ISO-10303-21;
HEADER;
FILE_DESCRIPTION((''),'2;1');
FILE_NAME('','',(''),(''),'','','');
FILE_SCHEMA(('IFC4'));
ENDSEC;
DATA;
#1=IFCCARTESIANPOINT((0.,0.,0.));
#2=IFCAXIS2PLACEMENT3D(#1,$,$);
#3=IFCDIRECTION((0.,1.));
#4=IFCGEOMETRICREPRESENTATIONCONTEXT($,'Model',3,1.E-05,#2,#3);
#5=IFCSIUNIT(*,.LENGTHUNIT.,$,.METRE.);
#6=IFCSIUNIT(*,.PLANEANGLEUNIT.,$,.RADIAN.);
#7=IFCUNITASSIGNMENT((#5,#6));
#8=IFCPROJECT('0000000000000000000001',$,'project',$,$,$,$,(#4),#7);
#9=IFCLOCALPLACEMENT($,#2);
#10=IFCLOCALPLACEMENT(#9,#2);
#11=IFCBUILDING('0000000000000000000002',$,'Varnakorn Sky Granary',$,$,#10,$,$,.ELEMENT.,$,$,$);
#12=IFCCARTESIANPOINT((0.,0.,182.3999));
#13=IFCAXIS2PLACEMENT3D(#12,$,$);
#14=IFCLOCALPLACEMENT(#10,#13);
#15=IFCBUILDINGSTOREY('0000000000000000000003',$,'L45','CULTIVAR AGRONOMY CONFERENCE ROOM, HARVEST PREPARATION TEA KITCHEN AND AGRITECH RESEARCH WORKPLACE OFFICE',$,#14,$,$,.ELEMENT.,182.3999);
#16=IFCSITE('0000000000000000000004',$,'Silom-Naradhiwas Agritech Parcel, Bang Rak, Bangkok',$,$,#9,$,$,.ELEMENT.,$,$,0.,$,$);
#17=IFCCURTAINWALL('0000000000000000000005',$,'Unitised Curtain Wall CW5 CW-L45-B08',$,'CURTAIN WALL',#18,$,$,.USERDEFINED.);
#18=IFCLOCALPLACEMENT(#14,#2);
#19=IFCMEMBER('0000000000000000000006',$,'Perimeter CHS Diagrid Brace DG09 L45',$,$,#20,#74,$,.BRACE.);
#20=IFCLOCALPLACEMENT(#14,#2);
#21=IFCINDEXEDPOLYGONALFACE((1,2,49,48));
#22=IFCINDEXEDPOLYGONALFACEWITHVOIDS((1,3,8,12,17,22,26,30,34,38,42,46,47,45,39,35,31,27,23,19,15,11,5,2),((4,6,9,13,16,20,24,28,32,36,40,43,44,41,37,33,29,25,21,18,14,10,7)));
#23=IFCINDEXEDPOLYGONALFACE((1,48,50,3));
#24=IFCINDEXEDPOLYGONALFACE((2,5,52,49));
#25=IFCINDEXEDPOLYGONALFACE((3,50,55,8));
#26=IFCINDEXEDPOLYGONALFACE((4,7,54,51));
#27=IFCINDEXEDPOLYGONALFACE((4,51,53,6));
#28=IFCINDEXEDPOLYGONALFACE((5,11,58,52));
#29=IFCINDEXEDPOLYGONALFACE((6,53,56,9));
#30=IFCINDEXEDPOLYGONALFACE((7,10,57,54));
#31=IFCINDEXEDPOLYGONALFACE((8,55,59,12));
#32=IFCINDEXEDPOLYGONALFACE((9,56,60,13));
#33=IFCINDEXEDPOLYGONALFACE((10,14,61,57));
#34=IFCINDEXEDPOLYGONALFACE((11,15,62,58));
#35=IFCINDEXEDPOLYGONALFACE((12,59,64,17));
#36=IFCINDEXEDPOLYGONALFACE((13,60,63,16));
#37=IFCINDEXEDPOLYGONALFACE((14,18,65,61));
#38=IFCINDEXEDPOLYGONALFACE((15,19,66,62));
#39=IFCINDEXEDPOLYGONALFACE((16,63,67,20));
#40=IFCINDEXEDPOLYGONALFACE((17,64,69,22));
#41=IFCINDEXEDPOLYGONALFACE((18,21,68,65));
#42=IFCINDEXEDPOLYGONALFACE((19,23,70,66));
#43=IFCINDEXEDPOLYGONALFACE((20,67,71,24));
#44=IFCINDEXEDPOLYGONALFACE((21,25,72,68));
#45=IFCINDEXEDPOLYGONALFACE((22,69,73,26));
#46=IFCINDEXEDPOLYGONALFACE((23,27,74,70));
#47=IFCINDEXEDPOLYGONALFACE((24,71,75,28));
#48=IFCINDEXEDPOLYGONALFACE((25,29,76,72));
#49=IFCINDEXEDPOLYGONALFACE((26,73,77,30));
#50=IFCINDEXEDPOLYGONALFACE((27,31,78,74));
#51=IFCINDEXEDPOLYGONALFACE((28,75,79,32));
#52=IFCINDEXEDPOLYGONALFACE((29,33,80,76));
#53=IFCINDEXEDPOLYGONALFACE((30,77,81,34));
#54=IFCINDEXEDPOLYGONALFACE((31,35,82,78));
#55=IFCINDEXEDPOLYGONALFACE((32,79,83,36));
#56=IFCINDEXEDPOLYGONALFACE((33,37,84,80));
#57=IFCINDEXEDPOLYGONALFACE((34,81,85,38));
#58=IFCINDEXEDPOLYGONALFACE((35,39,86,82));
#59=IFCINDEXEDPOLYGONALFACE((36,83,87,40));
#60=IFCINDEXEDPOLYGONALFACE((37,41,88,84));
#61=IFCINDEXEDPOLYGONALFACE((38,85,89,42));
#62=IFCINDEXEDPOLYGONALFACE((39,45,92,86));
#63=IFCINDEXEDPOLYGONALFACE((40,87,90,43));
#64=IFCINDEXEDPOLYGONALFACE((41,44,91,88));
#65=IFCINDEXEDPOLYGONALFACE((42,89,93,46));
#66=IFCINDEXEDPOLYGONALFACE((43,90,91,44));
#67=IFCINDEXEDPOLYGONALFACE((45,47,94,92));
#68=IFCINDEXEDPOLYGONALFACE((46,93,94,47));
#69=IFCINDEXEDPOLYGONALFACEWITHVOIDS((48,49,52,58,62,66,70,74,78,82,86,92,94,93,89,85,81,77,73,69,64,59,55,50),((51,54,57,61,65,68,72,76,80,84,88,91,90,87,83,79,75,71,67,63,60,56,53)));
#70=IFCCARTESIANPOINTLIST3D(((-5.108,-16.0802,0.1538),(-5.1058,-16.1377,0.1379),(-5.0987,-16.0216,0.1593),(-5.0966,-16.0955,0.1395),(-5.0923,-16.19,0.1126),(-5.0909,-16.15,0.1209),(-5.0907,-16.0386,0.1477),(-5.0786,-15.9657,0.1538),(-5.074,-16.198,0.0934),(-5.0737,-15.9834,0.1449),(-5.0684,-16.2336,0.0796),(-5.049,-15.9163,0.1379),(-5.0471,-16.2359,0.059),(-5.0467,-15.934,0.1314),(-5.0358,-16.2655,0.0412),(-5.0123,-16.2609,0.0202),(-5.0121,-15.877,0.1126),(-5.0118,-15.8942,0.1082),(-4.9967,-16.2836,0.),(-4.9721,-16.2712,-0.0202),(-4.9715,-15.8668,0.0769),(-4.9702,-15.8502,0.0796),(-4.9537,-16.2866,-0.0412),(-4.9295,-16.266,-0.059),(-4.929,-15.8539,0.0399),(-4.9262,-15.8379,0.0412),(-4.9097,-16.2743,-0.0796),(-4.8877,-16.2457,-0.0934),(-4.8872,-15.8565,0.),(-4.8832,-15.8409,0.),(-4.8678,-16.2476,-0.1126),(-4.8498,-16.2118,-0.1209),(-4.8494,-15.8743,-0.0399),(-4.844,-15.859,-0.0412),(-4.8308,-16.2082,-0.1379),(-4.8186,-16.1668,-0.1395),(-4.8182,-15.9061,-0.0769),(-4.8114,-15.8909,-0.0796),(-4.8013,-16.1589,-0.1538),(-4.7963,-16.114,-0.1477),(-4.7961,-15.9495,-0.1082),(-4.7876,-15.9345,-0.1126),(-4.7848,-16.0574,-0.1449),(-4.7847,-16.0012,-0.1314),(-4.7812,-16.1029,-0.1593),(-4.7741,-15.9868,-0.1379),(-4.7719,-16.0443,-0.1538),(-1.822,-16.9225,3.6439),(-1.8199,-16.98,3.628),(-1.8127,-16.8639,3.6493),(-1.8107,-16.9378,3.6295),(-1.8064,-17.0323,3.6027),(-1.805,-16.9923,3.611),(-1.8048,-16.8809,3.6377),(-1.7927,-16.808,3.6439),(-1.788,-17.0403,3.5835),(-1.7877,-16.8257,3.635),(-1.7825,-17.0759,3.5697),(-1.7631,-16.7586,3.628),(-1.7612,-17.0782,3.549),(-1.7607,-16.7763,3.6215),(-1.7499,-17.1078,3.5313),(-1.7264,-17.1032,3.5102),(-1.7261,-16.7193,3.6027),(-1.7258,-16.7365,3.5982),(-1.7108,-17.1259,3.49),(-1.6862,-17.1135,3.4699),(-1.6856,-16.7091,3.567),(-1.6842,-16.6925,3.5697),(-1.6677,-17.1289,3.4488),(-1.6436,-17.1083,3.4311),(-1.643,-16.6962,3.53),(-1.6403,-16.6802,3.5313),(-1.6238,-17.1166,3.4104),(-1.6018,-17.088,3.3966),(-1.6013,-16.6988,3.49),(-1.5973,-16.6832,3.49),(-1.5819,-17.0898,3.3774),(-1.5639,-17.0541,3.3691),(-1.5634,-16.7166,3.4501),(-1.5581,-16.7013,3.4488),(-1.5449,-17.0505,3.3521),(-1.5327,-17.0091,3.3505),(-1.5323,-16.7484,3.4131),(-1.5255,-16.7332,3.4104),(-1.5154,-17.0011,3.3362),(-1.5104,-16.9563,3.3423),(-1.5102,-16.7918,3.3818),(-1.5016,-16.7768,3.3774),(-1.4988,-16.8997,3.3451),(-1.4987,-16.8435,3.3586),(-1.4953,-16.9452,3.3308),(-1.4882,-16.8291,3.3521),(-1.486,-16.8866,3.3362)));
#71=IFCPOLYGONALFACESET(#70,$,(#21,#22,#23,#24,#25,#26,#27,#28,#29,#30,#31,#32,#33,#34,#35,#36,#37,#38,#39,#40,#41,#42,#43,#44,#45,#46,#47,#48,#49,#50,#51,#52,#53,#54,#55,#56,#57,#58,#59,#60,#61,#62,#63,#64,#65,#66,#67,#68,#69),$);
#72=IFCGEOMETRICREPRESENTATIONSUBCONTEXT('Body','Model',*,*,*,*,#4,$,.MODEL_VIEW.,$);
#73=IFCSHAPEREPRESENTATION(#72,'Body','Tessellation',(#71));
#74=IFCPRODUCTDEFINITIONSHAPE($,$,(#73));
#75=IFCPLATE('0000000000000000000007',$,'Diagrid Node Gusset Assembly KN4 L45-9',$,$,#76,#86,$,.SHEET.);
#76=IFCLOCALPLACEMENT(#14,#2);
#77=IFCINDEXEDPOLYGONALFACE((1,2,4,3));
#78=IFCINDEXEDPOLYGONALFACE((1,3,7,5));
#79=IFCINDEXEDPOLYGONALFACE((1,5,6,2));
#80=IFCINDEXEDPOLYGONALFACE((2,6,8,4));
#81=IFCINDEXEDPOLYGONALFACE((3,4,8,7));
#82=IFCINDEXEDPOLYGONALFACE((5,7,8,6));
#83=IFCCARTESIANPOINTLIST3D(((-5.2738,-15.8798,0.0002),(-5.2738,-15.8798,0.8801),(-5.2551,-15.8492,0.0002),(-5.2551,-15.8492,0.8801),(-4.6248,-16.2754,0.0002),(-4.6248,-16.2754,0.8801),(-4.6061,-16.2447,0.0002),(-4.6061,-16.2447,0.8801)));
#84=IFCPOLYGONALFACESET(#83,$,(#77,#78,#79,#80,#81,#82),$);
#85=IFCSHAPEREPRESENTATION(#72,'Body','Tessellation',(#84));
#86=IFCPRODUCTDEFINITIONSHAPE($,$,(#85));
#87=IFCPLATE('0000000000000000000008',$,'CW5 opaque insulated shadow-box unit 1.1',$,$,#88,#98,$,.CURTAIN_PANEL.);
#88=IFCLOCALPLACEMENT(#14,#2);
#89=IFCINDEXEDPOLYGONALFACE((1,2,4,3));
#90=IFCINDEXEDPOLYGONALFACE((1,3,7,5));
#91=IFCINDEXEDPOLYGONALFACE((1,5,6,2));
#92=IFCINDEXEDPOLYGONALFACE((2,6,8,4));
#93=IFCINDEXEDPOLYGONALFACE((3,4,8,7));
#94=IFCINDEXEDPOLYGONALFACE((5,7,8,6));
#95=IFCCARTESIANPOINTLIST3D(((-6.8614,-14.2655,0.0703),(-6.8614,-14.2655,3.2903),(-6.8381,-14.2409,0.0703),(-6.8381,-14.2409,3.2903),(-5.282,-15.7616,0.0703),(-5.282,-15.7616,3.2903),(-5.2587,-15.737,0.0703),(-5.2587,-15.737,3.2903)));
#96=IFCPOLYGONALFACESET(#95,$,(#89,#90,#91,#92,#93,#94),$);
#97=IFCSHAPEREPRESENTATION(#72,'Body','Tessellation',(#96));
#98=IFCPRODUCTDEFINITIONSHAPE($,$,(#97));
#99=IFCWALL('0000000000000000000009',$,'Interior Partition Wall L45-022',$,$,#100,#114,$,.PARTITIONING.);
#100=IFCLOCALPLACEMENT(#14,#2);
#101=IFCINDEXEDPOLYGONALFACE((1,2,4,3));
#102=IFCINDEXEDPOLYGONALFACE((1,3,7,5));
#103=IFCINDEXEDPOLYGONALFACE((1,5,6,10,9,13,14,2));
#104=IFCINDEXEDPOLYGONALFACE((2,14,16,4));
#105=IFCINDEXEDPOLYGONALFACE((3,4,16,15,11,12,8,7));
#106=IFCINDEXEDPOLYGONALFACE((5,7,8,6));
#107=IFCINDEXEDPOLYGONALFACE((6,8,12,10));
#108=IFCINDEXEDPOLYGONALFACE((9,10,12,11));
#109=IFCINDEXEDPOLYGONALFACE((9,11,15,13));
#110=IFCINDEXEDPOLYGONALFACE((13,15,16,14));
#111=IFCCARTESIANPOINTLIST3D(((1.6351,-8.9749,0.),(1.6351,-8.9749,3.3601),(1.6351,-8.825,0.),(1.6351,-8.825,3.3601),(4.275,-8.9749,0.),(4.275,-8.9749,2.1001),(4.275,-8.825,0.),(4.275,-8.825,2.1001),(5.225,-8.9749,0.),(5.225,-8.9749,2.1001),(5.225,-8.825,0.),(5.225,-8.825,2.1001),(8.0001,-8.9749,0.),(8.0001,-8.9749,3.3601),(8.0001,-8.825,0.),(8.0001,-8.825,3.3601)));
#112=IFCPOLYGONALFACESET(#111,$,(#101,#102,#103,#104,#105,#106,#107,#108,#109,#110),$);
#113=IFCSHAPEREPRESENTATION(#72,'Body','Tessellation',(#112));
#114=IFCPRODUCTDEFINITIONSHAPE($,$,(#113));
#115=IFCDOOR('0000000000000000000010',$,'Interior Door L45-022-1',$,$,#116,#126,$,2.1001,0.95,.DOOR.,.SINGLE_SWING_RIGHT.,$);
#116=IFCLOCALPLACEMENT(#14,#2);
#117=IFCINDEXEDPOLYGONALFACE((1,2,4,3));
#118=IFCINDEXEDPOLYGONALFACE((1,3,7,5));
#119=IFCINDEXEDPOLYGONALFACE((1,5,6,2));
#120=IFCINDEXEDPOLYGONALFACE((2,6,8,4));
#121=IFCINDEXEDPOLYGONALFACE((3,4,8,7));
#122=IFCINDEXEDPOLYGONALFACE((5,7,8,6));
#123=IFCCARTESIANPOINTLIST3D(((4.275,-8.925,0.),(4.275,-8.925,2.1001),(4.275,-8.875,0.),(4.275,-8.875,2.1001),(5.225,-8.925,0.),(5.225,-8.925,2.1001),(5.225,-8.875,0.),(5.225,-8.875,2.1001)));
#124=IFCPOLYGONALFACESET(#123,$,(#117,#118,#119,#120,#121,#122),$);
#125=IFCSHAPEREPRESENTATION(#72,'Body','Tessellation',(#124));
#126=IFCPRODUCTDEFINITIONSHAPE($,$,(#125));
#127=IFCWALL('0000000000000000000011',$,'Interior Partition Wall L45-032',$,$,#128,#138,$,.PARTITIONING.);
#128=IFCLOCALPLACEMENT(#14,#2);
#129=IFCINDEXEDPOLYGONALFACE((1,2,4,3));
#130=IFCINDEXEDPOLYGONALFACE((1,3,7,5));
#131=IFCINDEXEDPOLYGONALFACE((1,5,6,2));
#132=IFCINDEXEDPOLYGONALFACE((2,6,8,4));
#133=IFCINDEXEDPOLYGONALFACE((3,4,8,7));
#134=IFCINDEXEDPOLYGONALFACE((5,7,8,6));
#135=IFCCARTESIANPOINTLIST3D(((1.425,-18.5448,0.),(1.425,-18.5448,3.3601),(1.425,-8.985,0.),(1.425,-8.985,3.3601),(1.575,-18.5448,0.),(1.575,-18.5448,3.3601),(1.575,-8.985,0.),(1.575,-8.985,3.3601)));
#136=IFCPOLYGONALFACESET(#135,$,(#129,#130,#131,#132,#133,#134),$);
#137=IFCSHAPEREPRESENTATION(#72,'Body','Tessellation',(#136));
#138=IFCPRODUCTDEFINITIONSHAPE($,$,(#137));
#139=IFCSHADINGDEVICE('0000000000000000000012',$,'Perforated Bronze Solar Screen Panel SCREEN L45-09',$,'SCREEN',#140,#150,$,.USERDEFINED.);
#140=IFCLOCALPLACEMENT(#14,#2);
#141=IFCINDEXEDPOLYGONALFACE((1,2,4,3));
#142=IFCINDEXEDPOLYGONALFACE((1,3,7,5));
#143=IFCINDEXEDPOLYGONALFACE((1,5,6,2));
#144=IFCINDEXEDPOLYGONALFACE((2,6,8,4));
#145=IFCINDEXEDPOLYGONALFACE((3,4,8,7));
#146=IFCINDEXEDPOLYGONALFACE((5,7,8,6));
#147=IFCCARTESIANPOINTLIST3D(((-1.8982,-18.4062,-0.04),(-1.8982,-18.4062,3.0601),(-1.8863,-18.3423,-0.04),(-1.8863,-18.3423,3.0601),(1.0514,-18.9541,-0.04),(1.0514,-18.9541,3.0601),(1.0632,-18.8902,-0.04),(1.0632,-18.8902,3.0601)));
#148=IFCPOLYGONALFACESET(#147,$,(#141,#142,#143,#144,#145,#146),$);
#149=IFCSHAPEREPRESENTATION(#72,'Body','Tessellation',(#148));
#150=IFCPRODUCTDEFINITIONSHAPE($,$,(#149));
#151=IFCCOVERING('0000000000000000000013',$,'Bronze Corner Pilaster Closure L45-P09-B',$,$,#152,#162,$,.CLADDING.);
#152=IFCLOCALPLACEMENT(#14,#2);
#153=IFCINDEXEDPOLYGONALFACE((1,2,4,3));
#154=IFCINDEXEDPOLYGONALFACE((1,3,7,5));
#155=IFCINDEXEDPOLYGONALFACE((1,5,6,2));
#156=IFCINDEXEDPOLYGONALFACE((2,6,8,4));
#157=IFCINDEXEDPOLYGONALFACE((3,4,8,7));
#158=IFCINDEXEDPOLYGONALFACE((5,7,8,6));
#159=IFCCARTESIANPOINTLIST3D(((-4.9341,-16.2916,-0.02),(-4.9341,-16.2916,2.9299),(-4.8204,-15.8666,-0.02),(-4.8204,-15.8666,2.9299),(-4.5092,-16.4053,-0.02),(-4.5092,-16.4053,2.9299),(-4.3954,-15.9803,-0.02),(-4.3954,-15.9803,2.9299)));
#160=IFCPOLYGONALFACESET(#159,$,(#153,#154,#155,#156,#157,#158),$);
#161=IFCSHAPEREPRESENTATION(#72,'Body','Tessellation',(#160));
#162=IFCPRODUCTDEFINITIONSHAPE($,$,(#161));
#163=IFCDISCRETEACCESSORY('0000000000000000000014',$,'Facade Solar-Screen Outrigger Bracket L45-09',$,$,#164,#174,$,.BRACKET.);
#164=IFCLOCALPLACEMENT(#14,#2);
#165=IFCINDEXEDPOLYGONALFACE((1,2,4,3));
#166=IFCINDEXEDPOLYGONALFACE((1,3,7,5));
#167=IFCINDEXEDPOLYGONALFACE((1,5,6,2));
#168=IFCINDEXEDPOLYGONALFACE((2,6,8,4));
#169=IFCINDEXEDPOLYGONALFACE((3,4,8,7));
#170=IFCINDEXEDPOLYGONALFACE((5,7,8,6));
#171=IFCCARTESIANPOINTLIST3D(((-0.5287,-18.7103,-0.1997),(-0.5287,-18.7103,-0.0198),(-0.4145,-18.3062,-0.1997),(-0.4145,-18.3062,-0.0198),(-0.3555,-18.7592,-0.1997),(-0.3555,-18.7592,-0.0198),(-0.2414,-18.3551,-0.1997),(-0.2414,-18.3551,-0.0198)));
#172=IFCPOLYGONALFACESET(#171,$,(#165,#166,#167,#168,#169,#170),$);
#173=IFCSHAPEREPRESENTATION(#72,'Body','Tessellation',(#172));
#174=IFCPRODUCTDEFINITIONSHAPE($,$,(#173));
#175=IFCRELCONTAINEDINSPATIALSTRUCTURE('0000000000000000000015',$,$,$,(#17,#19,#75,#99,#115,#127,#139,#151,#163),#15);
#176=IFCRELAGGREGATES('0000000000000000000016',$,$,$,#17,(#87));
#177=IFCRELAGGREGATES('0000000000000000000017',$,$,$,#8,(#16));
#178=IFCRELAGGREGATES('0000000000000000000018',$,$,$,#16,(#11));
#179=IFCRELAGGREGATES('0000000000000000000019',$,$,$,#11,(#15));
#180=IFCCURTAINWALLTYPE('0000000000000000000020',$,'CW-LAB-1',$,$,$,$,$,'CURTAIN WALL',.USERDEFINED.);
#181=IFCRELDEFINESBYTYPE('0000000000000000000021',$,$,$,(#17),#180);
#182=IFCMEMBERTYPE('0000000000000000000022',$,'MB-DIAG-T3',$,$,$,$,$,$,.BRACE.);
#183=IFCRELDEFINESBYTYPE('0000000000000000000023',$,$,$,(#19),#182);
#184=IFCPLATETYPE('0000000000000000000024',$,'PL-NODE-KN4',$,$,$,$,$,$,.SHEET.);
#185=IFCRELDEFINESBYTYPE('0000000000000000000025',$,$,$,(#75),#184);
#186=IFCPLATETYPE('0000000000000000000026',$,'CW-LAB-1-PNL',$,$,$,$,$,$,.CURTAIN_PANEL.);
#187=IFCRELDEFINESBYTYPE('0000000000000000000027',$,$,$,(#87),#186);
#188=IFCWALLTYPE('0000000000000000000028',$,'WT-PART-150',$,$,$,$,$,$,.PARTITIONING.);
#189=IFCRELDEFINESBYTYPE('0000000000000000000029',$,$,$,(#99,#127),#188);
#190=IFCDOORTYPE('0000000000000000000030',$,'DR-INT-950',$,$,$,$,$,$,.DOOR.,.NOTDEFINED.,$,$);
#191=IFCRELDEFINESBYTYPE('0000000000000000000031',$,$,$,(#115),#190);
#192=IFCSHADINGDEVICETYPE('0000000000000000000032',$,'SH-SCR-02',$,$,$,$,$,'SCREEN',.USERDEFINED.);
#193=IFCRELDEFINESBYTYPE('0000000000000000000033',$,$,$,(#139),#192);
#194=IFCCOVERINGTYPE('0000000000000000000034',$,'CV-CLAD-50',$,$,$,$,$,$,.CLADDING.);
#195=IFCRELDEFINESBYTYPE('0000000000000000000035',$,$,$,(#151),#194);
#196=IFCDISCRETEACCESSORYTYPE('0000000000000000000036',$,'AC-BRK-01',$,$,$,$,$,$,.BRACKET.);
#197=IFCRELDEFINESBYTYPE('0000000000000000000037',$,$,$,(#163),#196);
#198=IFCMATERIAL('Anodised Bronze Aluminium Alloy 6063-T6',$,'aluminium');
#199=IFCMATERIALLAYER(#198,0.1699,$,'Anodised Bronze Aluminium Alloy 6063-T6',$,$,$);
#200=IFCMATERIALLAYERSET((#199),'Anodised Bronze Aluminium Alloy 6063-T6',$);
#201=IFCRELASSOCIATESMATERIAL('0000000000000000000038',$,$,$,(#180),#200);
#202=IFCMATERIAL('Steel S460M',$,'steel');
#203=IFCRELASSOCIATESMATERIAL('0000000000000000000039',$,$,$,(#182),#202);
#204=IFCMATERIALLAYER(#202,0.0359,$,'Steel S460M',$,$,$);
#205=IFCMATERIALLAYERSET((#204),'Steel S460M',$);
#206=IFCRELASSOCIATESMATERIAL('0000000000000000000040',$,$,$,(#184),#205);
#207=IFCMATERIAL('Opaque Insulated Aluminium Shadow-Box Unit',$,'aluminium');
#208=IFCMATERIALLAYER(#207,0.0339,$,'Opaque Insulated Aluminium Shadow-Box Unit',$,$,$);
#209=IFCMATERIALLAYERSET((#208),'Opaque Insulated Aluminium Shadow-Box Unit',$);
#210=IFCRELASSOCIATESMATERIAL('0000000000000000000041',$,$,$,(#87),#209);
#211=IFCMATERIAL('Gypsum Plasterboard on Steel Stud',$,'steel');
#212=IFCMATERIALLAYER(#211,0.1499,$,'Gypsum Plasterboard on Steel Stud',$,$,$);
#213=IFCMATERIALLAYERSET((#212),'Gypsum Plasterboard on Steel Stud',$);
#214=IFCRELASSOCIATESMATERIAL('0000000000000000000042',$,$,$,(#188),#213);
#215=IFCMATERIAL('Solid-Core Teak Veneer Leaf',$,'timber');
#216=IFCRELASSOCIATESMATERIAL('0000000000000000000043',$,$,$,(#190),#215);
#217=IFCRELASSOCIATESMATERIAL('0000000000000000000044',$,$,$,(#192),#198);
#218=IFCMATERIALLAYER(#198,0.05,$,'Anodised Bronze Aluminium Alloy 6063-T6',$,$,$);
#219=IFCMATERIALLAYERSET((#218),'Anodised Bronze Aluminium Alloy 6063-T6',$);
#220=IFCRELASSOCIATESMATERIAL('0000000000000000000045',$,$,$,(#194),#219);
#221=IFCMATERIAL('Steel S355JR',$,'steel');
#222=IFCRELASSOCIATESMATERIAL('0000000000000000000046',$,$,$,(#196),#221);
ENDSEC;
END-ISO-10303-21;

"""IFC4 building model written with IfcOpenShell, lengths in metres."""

from ifc_helpers import new_model, si_unit, direction, frame, frame_2d, origin, origin_2d, place, context, subcontext, project, spatial, rectangle, hollow_circle, extrude, source, transform, mapped, material, layer, layer_set, material_profile, profile_set, type_object, type_shapes, element, fill, aggregate, save


model = new_model("IFC4")

# Units and contexts
model_context = context("Model", 3, precision=1e-05, world=origin(), true_north=direction((0.0, 1.0)))
body_context = subcontext(model_context, "Body", "Model", "MODEL_VIEW")
ifc_project = project(units=[si_unit("LENGTHUNIT", "METRE"), si_unit("PLANEANGLEUNIT", "RADIAN")], contexts=[model_context])

# Site, building, storey
site_placement = place(None, origin())
site = spatial("IfcSite", under=ifc_project, at=site_placement, Name="Silom-Naradhiwas Agritech Parcel, Bang Rak, Bangkok", CompositionType="ELEMENT", RefElevation=0.0)
building_placement = place(site_placement, origin())
building = spatial("IfcBuilding", under=site, at=building_placement, Name="Varnakorn Sky Granary", CompositionType="ELEMENT")
storey_placement = place(building_placement, frame((0.0, 0.0, 182.3999)))
storey = spatial("IfcBuildingStorey", under=building, at=storey_placement, Name="L45", Description="CULTIVAR AGRONOMY CONFERENCE ROOM, HARVEST PREPARATION TEA KITCHEN AND AGRITECH RESEARCH WORKPLACE OFFICE", CompositionType="ELEMENT", Elevation=182.3999)

# Shared definitions
ifc_material_1 = material(Name="Steel S460M", Category="steel")

# Shared definitions
ifc_material_2 = material(Name="Steel S355JR", Category="steel")

# Curtain wall
ifc_material_3 = material(Name="Anodised Bronze Aluminium Alloy 6063-T6", Category="aluminium")
ifc_layer_1 = layer(ifc_material_3, 0.1699, Name="Anodised Bronze Aluminium Alloy 6063-T6")
ifc_layer_set_1 = layer_set([ifc_layer_1], Name="Anodised Bronze Aluminium Alloy 6063-T6")
curtain_wall_type = type_object("IfcCurtainWallType", Name="CW-LAB-1", ElementType="CURTAIN WALL", PredefinedType="USERDEFINED", material=ifc_layer_set_1)
curtain_wall_placement = place(storey_placement, origin())
curtain_wall = element("IfcCurtainWall", 1, at=curtain_wall_placement, inside=storey, type_object=curtain_wall_type, Name="Unitised Curtain Wall CW5 CW-L45-B08", ObjectType="CURTAIN WALL", PredefinedType="USERDEFINED")

# Member
ifc_material_profile_1 = material_profile(ifc_material_1, hollow_circle(Radius=0.2285, WallThickness=0.0161, at=origin_2d()), Name="CHS 457x16")
ifc_profile_set_1 = profile_set([ifc_material_profile_1], Name="Steel S460M")
member_type_1 = type_object("IfcMemberType", Name="MB-DIAG-T3", PredefinedType="BRACE", material=ifc_profile_set_1)
member_1_placement = place(storey_placement, frame((-4.9399, -16.0623, 0.0), z_axis=(0.675153, -0.173065, 0.71709), x_axis=(0.248306, 0.968682, 0.0)))
element("IfcMember", 2, at=member_1_placement, inside=storey, type_object=member_type_1, Name="Perimeter CHS Diagrid Brace DG09 L45", PredefinedType="BRACE", context=body_context, shape_type="SweptSolid", body=[
    extrude(hollow_circle(Radius=0.2285, WallThickness=0.0161, at=origin_2d()), origin(), (0.0, 0.0, 1.0), 4.8669),
])

# Plates
ifc_layer_2 = layer(ifc_material_1, 0.0359, Name="Steel S460M")
ifc_layer_set_2 = layer_set([ifc_layer_2], Name="Steel S460M")
plate_type_1 = type_object("IfcPlateType", Name="PL-NODE-KN4", PredefinedType="SHEET", material=ifc_layer_set_2)
plate_1_placement = place(storey_placement, frame((-4.9399, -16.0623, 0.0002), z_axis=(0.0, 0.0, 1.0), x_axis=(0.853891, -0.520451, 0.0)))
element("IfcPlate", 3, at=plate_1_placement, inside=storey, type_object=plate_type_1, Name="Diagrid Node Gusset Assembly KN4 L45-9", PredefinedType="SHEET", context=body_context, shape_type="SweptSolid", body=[
    extrude(rectangle(XDim=0.76, YDim=0.0359, at=origin_2d()), origin(), (0.0, 0.0, 1.0), 0.8799),
])
ifc_material_4 = material(Name="Opaque Insulated Aluminium Shadow-Box Unit", Category="aluminium")
ifc_layer_3 = layer(ifc_material_4, 0.0339, Name="Opaque Insulated Aluminium Shadow-Box Unit")
ifc_layer_set_3 = layer_set([ifc_layer_3], Name="Opaque Insulated Aluminium Shadow-Box Unit")
plate_type_2 = type_object("IfcPlateType", Name="CW-LAB-1-PNL", PredefinedType="CURTAIN_PANEL")
shared_shape_1 = source(origin(), body_context, "Body", "SweptSolid", [
    extrude(rectangle(XDim=2.1755, YDim=0.0339, at=origin_2d()), origin(), (0.0, 0.0, 1.0), 3.22),
])
type_shapes(plate_type_2, [shared_shape_1])
plate_2_placement = place(storey_placement, frame((-6.0601, -15.0012, 0.0703), z_axis=(0.0, 0.0, 1.0), x_axis=(-0.726002, 0.687692, 0.0)))
plate_2 = element("IfcPlate", 4, at=plate_2_placement, type_object=plate_type_2, material=ifc_layer_set_3, Name="CW5 opaque insulated shadow-box unit 1.1", PredefinedType="CURTAIN_PANEL", context=body_context, shape_type="MappedRepresentation", body=[
    mapped(shared_shape_1, transform((0.0, 0.0, 0.0), x_axis=(1.0, 0.0, 0.0), y_axis=(0.0, 1.0, 0.0), z_axis=(0.0, 0.0, 1.0), scale=1.0)),
])
aggregate(curtain_wall, [plate_2])

# Wall, opening, door
ifc_material_5 = material(Name="Gypsum Plasterboard on Steel Stud", Category="steel")
ifc_layer_4 = layer(ifc_material_5, 0.1499, Name="Gypsum Plasterboard on Steel Stud")
ifc_layer_set_4 = layer_set([ifc_layer_4], Name="Gypsum Plasterboard on Steel Stud")
wall_type = type_object("IfcWallType", Name="WT-PART-150", PredefinedType="PARTITIONING", material=ifc_layer_set_4)
wall_1_placement = place(storey_placement, frame((1.635, -8.8999, 0.0), z_axis=(0.0, 0.0, 1.0), x_axis=(1.0, 0.0, 0.0)))
wall_1 = element("IfcWall", 5, at=wall_1_placement, inside=storey, type_object=wall_type, Name="Interior Partition Wall L45-022", PredefinedType="PARTITIONING", context=body_context, shape_type="SweptSolid", body=[
    extrude(rectangle(XDim=6.365, YDim=0.1499, at=frame_2d((3.1826, 0.0))), origin(), (0.0, 0.0, 1.0), 3.3601),
])
opening_placement = place(wall_1_placement, frame((2.6399, 0.0, 0.0)))
opening = element("IfcOpeningElement", 6, at=opening_placement, cuts=wall_1, PredefinedType="OPENING", context=body_context, shape_type="SweptSolid", body=[
    extrude(rectangle(XDim=0.95, YDim=2.1001, at=frame_2d((0.4751, 1.05))), frame((0.0, 0.085, 0.0), z_axis=(0.0, -1.0, 0.0), x_axis=(1.0, 0.0, 0.0)), (0.0, 0.0, 1.0), 0.1699),
])
ifc_material_6 = material(Name="Solid-Core Teak Veneer Leaf", Category="timber")
door_type = type_object("IfcDoorType", Name="DR-INT-950", OperationType="NOTDEFINED", PredefinedType="DOOR", material=ifc_material_6)
door_placement = place(opening_placement, origin())
door = element("IfcDoor", 7, at=door_placement, inside=storey, type_object=door_type, Name="Interior Door L45-022-1", OperationType="SINGLE_SWING_RIGHT", OverallHeight=2.1001, OverallWidth=0.95, PredefinedType="DOOR", context=body_context, shape_type="SweptSolid", body=[
    extrude(rectangle(XDim=0.95, YDim=2.1001, at=frame_2d((0.4751, 1.05))), frame((0.0, 0.0249, 0.0), z_axis=(0.0, -1.0, 0.0), x_axis=(1.0, 0.0, 0.0)), (0.0, 0.0, 1.0), 0.05),
])
fill(opening, door)

# Wall
wall_2_placement = place(storey_placement, frame((1.5, -8.9851, 0.0), z_axis=(0.0, 0.0, 1.0), x_axis=(0.0, -1.0, 0.0)))
element("IfcWall", 8, at=wall_2_placement, inside=storey, type_object=wall_type, Name="Interior Partition Wall L45-032", PredefinedType="PARTITIONING", context=body_context, shape_type="SweptSolid", body=[
    extrude(rectangle(XDim=9.5598, YDim=0.1499, at=frame_2d((4.7798, 0.0))), origin(), (0.0, 0.0, 1.0), 3.3601),
])

# Shading device
shading_device_type = type_object("IfcShadingDeviceType", Name="SH-SCR-02", ElementType="SCREEN", PredefinedType="USERDEFINED", material=ifc_material_3)
shared_shape_2 = source(origin(), body_context, "Body", "SweptSolid", [
    extrude(rectangle(XDim=3.0, YDim=0.0649, at=origin_2d()), origin(), (0.0, 0.0, 1.0), 3.1001),
])
type_shapes(shading_device_type, [shared_shape_2])
shading_device_placement = place(storey_placement, frame((-0.4175, -18.6482, -0.04), z_axis=(0.0, 0.0, 1.0), x_axis=(0.983181, -0.182635, 0.0)))
element("IfcShadingDevice", 9, at=shading_device_placement, inside=storey, type_object=shading_device_type, Name="Perforated Bronze Solar Screen Panel SCREEN L45-09", ObjectType="SCREEN", PredefinedType="USERDEFINED", context=body_context, shape_type="MappedRepresentation", body=[
    mapped(shared_shape_2, transform((0.0, 0.0, 0.0), x_axis=(1.0, 0.0, 0.0), y_axis=(0.0, 1.0, 0.0), z_axis=(0.0, 0.0, 1.0), scale=1.0)),
])

# Covering
ifc_layer_5 = layer(ifc_material_3, 0.05, Name="Anodised Bronze Aluminium Alloy 6063-T6")
ifc_layer_set_5 = layer_set([ifc_layer_5], Name="Anodised Bronze Aluminium Alloy 6063-T6")
covering_type = type_object("IfcCoveringType", Name="CV-CLAD-50", PredefinedType="CLADDING", material=ifc_layer_set_5)
shared_shape_3 = source(origin(), body_context, "Body", "SweptSolid", [
    extrude(rectangle(XDim=0.4399, YDim=0.4399, at=origin_2d()), origin(), (0.0, 0.0, 1.0), 2.95),
])
type_shapes(covering_type, [shared_shape_3])
covering_placement = place(storey_placement, frame((-4.6648, -16.136, -0.02), z_axis=(0.0, 0.0, 1.0), x_axis=(-0.966016, 0.258482, 0.0)))
element("IfcCovering", 10, at=covering_placement, inside=storey, type_object=covering_type, Name="Bronze Corner Pilaster Closure L45-P09-B", PredefinedType="CLADDING", context=body_context, shape_type="MappedRepresentation", body=[
    mapped(shared_shape_3, transform((0.0, 0.0, 0.0), x_axis=(1.0, 0.0, 0.0), y_axis=(0.0, 1.0, 0.0), z_axis=(0.0, 0.0, 1.0), scale=1.0)),
])

# Discrete accessory
discrete_accessory_type = type_object("IfcDiscreteAccessoryType", Name="AC-BRK-01", PredefinedType="BRACKET", material=ifc_material_2)
shared_shape_4 = source(origin(), body_context, "Body", "SweptSolid", [
    extrude(rectangle(XDim=0.1799, YDim=0.4199, at=origin_2d()), origin(), (0.0, 0.0, 1.0), 0.1799),
])
type_shapes(discrete_accessory_type, [shared_shape_4])
discrete_accessory_placement = place(storey_placement, frame((-0.385, -18.5327, -0.1997), z_axis=(0.0, 0.0, 1.0), x_axis=(0.962345, -0.271832, 0.0)))
element("IfcDiscreteAccessory", 11, at=discrete_accessory_placement, inside=storey, type_object=discrete_accessory_type, Name="Facade Solar-Screen Outrigger Bracket L45-09", PredefinedType="BRACKET", context=body_context, shape_type="MappedRepresentation", body=[
    mapped(shared_shape_4, transform((0.0, 0.0, 0.0), x_axis=(1.0, 0.0, 0.0), y_axis=(0.0, 1.0, 0.0), z_axis=(0.0, 0.0, 1.0), scale=1.0)),
])

save(model, "model.ifc")
